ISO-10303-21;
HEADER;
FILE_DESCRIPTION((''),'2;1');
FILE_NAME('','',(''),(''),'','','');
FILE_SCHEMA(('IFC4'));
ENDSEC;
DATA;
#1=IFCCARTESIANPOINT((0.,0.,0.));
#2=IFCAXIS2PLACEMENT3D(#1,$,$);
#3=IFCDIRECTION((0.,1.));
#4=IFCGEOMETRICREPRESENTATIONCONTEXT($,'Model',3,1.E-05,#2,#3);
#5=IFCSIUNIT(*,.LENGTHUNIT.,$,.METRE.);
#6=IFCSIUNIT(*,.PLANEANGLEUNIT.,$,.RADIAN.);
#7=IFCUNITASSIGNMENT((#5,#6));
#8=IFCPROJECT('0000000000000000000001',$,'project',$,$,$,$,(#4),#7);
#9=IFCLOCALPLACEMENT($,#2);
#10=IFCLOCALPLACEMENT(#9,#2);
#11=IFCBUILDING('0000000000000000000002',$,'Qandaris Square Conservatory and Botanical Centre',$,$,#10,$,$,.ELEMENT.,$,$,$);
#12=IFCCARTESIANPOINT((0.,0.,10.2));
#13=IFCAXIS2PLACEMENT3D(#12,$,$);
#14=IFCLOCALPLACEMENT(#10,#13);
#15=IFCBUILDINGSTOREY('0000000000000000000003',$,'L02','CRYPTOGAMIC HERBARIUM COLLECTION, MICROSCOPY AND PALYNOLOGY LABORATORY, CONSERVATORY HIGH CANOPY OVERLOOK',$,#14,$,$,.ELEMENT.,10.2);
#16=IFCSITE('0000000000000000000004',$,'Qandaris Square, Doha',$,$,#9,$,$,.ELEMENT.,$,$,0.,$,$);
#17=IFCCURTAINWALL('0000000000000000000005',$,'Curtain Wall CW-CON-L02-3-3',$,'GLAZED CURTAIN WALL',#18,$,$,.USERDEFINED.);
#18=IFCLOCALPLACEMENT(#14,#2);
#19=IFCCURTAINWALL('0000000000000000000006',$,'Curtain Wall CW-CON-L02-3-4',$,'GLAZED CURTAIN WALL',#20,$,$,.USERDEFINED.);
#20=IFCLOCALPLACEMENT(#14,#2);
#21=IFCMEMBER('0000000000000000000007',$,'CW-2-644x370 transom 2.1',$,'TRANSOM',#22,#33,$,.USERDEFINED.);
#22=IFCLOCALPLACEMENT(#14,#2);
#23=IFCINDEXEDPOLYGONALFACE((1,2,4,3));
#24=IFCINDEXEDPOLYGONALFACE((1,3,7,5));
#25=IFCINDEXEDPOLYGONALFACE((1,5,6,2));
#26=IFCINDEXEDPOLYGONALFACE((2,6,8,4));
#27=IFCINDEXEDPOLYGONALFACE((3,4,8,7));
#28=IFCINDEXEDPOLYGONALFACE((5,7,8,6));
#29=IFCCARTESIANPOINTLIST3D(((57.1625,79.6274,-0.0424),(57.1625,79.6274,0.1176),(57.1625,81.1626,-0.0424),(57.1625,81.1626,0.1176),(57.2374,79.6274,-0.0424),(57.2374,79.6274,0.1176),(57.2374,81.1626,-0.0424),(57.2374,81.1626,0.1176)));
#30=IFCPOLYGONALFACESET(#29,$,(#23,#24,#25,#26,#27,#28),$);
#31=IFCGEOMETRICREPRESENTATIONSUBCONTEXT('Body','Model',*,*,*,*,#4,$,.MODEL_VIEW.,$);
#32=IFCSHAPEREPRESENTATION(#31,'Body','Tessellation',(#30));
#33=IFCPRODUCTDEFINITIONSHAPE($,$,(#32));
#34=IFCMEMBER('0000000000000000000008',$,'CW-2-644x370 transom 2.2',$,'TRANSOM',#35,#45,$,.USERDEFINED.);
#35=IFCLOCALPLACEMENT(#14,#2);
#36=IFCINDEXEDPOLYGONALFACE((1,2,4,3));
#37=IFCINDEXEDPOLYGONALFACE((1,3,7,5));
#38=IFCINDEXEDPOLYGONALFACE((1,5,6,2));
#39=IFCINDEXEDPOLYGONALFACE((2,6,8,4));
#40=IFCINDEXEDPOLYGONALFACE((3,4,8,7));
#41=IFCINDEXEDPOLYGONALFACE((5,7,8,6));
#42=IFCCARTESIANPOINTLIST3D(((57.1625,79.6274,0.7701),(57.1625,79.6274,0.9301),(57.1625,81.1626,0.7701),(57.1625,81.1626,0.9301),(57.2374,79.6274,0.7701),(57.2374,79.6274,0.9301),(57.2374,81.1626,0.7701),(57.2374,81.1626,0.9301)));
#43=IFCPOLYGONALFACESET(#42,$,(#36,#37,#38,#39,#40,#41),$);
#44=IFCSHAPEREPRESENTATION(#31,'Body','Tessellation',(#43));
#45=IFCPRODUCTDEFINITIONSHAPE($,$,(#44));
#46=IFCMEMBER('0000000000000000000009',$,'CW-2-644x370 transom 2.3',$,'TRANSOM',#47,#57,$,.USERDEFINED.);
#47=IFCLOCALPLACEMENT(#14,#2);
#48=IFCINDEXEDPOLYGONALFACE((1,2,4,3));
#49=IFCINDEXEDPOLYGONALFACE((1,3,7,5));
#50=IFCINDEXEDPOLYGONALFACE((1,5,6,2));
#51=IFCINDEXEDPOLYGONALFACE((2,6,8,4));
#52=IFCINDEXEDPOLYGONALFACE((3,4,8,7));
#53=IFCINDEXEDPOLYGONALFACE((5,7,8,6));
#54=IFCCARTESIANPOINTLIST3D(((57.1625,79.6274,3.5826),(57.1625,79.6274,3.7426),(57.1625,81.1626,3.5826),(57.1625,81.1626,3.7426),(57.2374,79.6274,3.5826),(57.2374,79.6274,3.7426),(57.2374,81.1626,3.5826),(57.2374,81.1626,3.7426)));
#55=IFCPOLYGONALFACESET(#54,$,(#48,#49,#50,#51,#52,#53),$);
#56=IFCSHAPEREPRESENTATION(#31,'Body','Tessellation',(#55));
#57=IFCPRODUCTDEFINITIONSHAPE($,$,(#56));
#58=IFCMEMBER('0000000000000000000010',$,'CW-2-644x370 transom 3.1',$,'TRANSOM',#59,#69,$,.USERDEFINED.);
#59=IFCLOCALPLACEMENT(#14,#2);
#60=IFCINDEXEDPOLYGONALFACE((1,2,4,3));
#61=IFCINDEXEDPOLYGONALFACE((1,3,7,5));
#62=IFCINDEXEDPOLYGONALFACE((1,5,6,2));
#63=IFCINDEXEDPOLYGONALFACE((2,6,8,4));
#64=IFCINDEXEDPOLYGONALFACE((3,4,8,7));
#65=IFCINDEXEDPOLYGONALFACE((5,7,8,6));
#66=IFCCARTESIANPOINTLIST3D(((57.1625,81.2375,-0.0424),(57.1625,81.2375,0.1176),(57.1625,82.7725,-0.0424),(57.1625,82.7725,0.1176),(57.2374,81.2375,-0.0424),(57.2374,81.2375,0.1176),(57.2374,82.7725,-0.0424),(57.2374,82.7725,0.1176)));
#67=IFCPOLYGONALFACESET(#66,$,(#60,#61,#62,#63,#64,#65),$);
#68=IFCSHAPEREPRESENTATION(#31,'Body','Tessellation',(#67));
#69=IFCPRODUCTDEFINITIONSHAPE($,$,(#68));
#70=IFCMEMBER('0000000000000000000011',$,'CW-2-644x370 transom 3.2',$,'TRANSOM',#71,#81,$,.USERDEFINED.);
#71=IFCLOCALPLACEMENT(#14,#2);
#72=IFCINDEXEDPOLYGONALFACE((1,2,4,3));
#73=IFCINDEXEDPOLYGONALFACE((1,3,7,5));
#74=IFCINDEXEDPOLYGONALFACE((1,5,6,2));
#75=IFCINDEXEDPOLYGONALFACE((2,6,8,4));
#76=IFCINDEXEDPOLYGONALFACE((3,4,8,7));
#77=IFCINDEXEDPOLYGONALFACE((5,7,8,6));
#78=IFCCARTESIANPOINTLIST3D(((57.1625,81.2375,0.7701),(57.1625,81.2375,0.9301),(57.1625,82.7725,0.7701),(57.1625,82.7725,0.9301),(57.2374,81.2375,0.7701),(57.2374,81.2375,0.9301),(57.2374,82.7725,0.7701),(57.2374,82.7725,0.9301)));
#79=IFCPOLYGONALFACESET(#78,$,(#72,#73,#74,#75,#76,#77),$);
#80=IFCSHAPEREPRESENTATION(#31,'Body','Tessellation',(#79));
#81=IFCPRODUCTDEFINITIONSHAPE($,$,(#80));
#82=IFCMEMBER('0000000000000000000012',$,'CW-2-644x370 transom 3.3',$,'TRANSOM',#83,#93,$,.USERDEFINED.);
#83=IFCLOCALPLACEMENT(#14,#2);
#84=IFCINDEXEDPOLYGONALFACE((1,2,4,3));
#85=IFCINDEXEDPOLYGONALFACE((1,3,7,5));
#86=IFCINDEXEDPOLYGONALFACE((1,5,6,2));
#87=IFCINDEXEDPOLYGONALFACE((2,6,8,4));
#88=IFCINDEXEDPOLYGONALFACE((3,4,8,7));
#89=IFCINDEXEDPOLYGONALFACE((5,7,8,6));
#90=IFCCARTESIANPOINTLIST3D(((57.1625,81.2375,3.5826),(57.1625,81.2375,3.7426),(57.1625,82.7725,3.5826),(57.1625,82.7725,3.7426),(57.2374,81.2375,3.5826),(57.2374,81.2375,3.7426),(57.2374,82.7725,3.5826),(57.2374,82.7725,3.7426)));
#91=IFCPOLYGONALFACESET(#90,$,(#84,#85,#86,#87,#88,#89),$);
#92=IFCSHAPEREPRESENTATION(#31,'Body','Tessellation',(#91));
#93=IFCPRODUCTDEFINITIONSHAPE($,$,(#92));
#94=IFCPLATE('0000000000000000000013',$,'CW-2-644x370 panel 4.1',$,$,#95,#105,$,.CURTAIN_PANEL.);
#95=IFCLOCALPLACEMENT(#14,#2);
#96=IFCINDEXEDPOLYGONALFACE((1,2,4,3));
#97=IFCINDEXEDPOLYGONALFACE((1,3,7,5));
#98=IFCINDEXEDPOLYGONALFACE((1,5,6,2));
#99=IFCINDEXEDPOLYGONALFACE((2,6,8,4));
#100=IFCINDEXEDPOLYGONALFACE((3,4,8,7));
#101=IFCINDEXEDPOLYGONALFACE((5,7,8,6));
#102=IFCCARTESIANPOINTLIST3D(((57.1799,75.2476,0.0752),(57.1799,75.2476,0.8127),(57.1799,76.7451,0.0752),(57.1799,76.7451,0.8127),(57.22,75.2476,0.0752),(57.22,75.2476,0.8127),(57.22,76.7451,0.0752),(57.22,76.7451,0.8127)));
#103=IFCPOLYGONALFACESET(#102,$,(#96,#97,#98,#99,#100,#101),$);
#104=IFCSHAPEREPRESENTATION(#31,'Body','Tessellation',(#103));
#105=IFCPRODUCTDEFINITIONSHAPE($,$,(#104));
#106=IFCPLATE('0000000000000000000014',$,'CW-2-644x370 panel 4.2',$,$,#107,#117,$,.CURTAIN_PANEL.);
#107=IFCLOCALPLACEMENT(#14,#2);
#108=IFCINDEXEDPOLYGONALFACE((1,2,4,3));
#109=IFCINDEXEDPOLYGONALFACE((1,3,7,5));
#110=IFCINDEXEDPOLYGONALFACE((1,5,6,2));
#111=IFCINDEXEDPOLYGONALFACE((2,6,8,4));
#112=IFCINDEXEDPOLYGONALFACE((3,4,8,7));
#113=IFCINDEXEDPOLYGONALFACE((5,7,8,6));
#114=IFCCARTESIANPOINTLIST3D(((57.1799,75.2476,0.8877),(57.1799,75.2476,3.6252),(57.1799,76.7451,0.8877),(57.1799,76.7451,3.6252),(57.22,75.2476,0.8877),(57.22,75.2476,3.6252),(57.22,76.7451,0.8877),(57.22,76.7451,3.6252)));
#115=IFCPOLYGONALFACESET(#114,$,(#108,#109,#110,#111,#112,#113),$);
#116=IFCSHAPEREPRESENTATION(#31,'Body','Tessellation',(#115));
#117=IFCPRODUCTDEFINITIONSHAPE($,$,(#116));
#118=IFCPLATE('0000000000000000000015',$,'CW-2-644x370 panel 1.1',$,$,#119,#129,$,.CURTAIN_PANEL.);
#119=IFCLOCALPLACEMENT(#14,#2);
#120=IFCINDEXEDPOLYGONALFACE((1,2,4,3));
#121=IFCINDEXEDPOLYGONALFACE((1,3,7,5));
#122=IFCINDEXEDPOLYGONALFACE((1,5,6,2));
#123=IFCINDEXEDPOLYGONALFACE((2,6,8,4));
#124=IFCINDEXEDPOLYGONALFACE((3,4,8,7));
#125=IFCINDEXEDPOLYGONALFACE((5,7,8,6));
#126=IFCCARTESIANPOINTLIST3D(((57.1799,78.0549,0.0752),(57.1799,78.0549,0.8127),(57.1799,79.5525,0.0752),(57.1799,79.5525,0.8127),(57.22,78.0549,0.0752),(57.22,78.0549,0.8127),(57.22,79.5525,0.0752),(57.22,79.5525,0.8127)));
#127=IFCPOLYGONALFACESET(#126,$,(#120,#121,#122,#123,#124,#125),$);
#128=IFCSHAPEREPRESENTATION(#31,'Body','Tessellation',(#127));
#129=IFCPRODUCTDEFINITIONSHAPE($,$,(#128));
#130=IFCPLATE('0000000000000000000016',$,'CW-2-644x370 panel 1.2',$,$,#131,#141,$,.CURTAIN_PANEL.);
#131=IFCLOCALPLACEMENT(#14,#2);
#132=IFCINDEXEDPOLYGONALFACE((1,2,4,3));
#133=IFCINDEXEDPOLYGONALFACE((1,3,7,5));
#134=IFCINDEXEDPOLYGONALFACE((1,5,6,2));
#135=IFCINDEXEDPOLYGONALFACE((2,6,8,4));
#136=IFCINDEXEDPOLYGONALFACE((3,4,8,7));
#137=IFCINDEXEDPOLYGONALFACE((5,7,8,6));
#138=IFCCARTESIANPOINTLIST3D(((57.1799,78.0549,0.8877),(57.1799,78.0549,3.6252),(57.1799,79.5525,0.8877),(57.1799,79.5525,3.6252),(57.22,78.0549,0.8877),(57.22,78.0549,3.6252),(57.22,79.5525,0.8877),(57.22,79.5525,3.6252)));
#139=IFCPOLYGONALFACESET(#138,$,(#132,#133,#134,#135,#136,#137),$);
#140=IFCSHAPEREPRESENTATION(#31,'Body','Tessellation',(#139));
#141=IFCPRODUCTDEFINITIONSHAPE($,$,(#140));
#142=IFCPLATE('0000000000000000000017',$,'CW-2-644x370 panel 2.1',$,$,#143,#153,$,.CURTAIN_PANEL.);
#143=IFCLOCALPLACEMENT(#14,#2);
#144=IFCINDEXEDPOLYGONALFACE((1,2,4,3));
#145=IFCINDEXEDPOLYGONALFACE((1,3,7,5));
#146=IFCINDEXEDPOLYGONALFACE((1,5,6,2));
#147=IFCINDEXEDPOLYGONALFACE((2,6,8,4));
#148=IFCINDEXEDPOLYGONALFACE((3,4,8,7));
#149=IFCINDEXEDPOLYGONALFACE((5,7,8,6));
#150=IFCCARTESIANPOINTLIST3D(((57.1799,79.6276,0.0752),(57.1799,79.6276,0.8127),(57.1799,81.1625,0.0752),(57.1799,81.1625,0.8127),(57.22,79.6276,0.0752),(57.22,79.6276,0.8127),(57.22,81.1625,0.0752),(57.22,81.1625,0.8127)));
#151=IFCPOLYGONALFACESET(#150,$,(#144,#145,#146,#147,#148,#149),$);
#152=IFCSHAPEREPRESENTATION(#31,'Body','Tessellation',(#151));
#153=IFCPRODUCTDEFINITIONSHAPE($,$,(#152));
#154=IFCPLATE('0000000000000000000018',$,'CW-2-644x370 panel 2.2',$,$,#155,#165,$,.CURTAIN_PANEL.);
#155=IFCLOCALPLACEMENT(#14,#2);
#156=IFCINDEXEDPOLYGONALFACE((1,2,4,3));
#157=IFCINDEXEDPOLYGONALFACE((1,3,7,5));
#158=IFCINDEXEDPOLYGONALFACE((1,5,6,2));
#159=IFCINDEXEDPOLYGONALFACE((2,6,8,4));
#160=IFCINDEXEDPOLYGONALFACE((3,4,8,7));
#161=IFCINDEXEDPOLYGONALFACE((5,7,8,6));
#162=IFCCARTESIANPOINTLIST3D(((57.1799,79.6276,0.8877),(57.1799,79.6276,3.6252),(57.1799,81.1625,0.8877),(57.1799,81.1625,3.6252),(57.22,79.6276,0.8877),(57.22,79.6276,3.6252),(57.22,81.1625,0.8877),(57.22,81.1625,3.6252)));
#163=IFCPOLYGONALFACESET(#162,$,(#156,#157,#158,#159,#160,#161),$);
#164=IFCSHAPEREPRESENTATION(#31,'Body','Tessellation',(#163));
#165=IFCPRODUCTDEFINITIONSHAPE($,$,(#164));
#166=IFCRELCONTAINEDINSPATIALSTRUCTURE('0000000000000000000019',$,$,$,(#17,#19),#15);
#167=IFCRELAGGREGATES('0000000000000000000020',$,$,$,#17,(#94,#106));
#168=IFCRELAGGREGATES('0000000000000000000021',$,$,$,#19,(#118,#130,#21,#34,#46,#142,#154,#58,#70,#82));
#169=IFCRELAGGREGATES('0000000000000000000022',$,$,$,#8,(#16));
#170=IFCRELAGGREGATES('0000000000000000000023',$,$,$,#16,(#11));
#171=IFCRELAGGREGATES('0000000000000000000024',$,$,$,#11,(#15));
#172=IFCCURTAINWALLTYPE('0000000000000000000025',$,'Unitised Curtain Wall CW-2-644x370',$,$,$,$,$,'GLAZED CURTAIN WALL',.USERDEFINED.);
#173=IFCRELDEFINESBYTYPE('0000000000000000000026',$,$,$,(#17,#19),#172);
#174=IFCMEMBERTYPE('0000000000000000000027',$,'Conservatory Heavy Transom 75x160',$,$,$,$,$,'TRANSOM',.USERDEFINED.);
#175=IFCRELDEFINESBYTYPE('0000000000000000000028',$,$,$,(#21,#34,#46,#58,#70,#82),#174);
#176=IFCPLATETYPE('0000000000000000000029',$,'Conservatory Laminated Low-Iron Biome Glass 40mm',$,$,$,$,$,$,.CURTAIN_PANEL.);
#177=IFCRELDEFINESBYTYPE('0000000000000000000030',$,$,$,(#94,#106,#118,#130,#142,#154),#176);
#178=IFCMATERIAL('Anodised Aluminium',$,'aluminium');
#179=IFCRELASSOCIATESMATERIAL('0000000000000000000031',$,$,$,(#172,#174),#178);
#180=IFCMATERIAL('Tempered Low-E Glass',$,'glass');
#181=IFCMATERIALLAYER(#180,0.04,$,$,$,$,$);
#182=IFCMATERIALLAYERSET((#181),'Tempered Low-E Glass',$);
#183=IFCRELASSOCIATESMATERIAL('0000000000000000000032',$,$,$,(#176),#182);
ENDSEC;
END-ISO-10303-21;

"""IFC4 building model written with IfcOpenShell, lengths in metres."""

from ifc_helpers import new_model, si_unit, direction, frame, origin, origin_2d, place, context, subcontext, project, spatial, rectangle, extrude, material, layer, layer_set, material_profile, profile_set, type_object, element, aggregate, save


model = new_model("IFC4")

# Units and contexts
model_context = context("Model", 3, precision=1e-05, world=origin(), true_north=direction((0.0, 1.0)))
body_context = subcontext(model_context, "Body", "Model", "MODEL_VIEW")
ifc_project = project(units=[si_unit("LENGTHUNIT", "METRE"), si_unit("PLANEANGLEUNIT", "RADIAN")], contexts=[model_context])

# Site, building, storey
site_placement = place(None, origin())
site = spatial("IfcSite", under=ifc_project, at=site_placement, Name="Qandaris Square, Doha", CompositionType="ELEMENT", RefElevation=0.0)
building_placement = place(site_placement, origin())
building = spatial("IfcBuilding", under=site, at=building_placement, Name="Qandaris Square Conservatory and Botanical Centre", CompositionType="ELEMENT")
storey_placement = place(building_placement, frame((0.0, 0.0, 10.2)))
storey = spatial("IfcBuildingStorey", under=building, at=storey_placement, Name="L02", Description="CRYPTOGAMIC HERBARIUM COLLECTION, MICROSCOPY AND PALYNOLOGY LABORATORY, CONSERVATORY HIGH CANOPY OVERLOOK", CompositionType="ELEMENT", Elevation=10.2)

# Curtain walls
ifc_material_1 = material(Name="Anodised Aluminium", Category="aluminium")
curtain_wall_type = type_object("IfcCurtainWallType", Name="Unitised Curtain Wall CW-2-644x370", ElementType="GLAZED CURTAIN WALL", PredefinedType="USERDEFINED", material=ifc_material_1)
curtain_wall_1_placement = place(storey_placement, origin())
curtain_wall_1 = element("IfcCurtainWall", 1, at=curtain_wall_1_placement, inside=storey, type_object=curtain_wall_type, Name="Curtain Wall CW-CON-L02-3-3", ObjectType="GLAZED CURTAIN WALL", PredefinedType="USERDEFINED")
curtain_wall_2_placement = place(storey_placement, origin())
curtain_wall_2 = element("IfcCurtainWall", 2, at=curtain_wall_2_placement, inside=storey, type_object=curtain_wall_type, Name="Curtain Wall CW-CON-L02-3-4", ObjectType="GLAZED CURTAIN WALL", PredefinedType="USERDEFINED")

# Members
ifc_material_profile_1 = material_profile(ifc_material_1, rectangle(XDim=0.075, YDim=0.1599, at=origin_2d()), Name="ALU-TRN 75x160")
ifc_profile_set_1 = profile_set([ifc_material_profile_1], Name="Anodised Aluminium")
member_type_1 = type_object("IfcMemberType", Name="Conservatory Heavy Transom 75x160", ElementType="TRANSOM", PredefinedType="USERDEFINED", material=ifc_profile_set_1)
member_1_placement = place(storey_placement, frame((57.2, 79.6274, 0.0376), z_axis=(0.0, 1.0, 0.0), x_axis=(-1.0, 0.0, 0.0)))
member_1 = element("IfcMember", 3, at=member_1_placement, type_object=member_type_1, Name="CW-2-644x370 transom 2.1", ObjectType="TRANSOM", PredefinedType="USERDEFINED", context=body_context, shape_type="SweptSolid", body=[
    extrude(rectangle(XDim=0.075, YDim=0.1599, at=origin_2d()), origin(), (0.0, 0.0, 1.0), 1.5352),
])
member_2_placement = place(storey_placement, frame((57.2, 79.6274, 0.8501), z_axis=(0.0, 1.0, 0.0), x_axis=(-1.0, 0.0, 0.0)))
member_2 = element("IfcMember", 4, at=member_2_placement, type_object=member_type_1, Name="CW-2-644x370 transom 2.2", ObjectType="TRANSOM", PredefinedType="USERDEFINED", context=body_context, shape_type="SweptSolid", body=[
    extrude(rectangle(XDim=0.075, YDim=0.1599, at=origin_2d()), origin(), (0.0, 0.0, 1.0), 1.5352),
])
member_3_placement = place(storey_placement, frame((57.2, 79.6274, 3.6626), z_axis=(0.0, 1.0, 0.0), x_axis=(-1.0, 0.0, 0.0)))
member_3 = element("IfcMember", 5, at=member_3_placement, type_object=member_type_1, Name="CW-2-644x370 transom 2.3", ObjectType="TRANSOM", PredefinedType="USERDEFINED", context=body_context, shape_type="SweptSolid", body=[
    extrude(rectangle(XDim=0.075, YDim=0.1599, at=origin_2d()), origin(), (0.0, 0.0, 1.0), 1.5352),
])
member_4_placement = place(storey_placement, frame((57.2, 81.2375, 0.0376), z_axis=(0.0, 1.0, 0.0), x_axis=(-1.0, 0.0, 0.0)))
member_4 = element("IfcMember", 6, at=member_4_placement, type_object=member_type_1, Name="CW-2-644x370 transom 3.1", ObjectType="TRANSOM", PredefinedType="USERDEFINED", context=body_context, shape_type="SweptSolid", body=[
    extrude(rectangle(XDim=0.075, YDim=0.1599, at=origin_2d()), origin(), (0.0, 0.0, 1.0), 1.5349),
])
member_5_placement = place(storey_placement, frame((57.2, 81.2375, 0.8501), z_axis=(0.0, 1.0, 0.0), x_axis=(-1.0, 0.0, 0.0)))
member_5 = element("IfcMember", 7, at=member_5_placement, type_object=member_type_1, Name="CW-2-644x370 transom 3.2", ObjectType="TRANSOM", PredefinedType="USERDEFINED", context=body_context, shape_type="SweptSolid", body=[
    extrude(rectangle(XDim=0.075, YDim=0.1599, at=origin_2d()), origin(), (0.0, 0.0, 1.0), 1.5349),
])
member_6_placement = place(storey_placement, frame((57.2, 81.2375, 3.6626), z_axis=(0.0, 1.0, 0.0), x_axis=(-1.0, 0.0, 0.0)))
member_6 = element("IfcMember", 8, at=member_6_placement, type_object=member_type_1, Name="CW-2-644x370 transom 3.3", ObjectType="TRANSOM", PredefinedType="USERDEFINED", context=body_context, shape_type="SweptSolid", body=[
    extrude(rectangle(XDim=0.075, YDim=0.1599, at=origin_2d()), origin(), (0.0, 0.0, 1.0), 1.5349),
])

# Plates
ifc_material_2 = material(Name="Tempered Low-E Glass", Category="glass")
ifc_layer = layer(ifc_material_2, 0.04)
ifc_layer_set = layer_set([ifc_layer], Name="Tempered Low-E Glass")
plate_type = type_object("IfcPlateType", Name="Conservatory Laminated Low-Iron Biome Glass 40mm", PredefinedType="CURTAIN_PANEL", material=ifc_layer_set)
plate_1_placement = place(storey_placement, frame((57.2, 75.9963, 0.0752), z_axis=(0.0, 0.0, 1.0), x_axis=(0.0, 1.0, 0.0)))
plate_1 = element("IfcPlate", 9, at=plate_1_placement, type_object=plate_type, Name="CW-2-644x370 panel 4.1", PredefinedType="CURTAIN_PANEL", context=body_context, shape_type="SweptSolid", body=[
    extrude(rectangle(XDim=1.4976, YDim=0.04, at=origin_2d()), origin(), (0.0, 0.0, 1.0), 0.7375),
])
plate_2_placement = place(storey_placement, frame((57.2, 75.9963, 0.8877), z_axis=(0.0, 0.0, 1.0), x_axis=(0.0, 1.0, 0.0)))
plate_2 = element("IfcPlate", 10, at=plate_2_placement, type_object=plate_type, Name="CW-2-644x370 panel 4.2", PredefinedType="CURTAIN_PANEL", context=body_context, shape_type="SweptSolid", body=[
    extrude(rectangle(XDim=1.4976, YDim=0.04, at=origin_2d()), origin(), (0.0, 0.0, 1.0), 2.7375),
])
aggregate(curtain_wall_1, [plate_1, plate_2])
plate_3_placement = place(storey_placement, frame((57.2, 78.8037, 0.0752), z_axis=(0.0, 0.0, 1.0), x_axis=(0.0, 1.0, 0.0)))
plate_3 = element("IfcPlate", 11, at=plate_3_placement, type_object=plate_type, Name="CW-2-644x370 panel 1.1", PredefinedType="CURTAIN_PANEL", context=body_context, shape_type="SweptSolid", body=[
    extrude(rectangle(XDim=1.4976, YDim=0.04, at=origin_2d()), origin(), (0.0, 0.0, 1.0), 0.7375),
])
plate_4_placement = place(storey_placement, frame((57.2, 78.8037, 0.8877), z_axis=(0.0, 0.0, 1.0), x_axis=(0.0, 1.0, 0.0)))
plate_4 = element("IfcPlate", 12, at=plate_4_placement, type_object=plate_type, Name="CW-2-644x370 panel 1.2", PredefinedType="CURTAIN_PANEL", context=body_context, shape_type="SweptSolid", body=[
    extrude(rectangle(XDim=1.4976, YDim=0.04, at=origin_2d()), origin(), (0.0, 0.0, 1.0), 2.7375),
])
plate_5_placement = place(storey_placement, frame((57.2, 80.395, 0.0752), z_axis=(0.0, 0.0, 1.0), x_axis=(0.0, 1.0, 0.0)))
plate_5 = element("IfcPlate", 13, at=plate_5_placement, type_object=plate_type, Name="CW-2-644x370 panel 2.1", PredefinedType="CURTAIN_PANEL", context=body_context, shape_type="SweptSolid", body=[
    extrude(rectangle(XDim=1.5349, YDim=0.04, at=origin_2d()), origin(), (0.0, 0.0, 1.0), 0.7375),
])
plate_6_placement = place(storey_placement, frame((57.2, 80.395, 0.8877), z_axis=(0.0, 0.0, 1.0), x_axis=(0.0, 1.0, 0.0)))
plate_6 = element("IfcPlate", 14, at=plate_6_placement, type_object=plate_type, Name="CW-2-644x370 panel 2.2", PredefinedType="CURTAIN_PANEL", context=body_context, shape_type="SweptSolid", body=[
    extrude(rectangle(XDim=1.5349, YDim=0.04, at=origin_2d()), origin(), (0.0, 0.0, 1.0), 2.7375),
])
aggregate(curtain_wall_2, [plate_3, plate_4, member_1, member_2, member_3, plate_5, plate_6, member_4, member_5, member_6])

save(model, "model.ifc")
